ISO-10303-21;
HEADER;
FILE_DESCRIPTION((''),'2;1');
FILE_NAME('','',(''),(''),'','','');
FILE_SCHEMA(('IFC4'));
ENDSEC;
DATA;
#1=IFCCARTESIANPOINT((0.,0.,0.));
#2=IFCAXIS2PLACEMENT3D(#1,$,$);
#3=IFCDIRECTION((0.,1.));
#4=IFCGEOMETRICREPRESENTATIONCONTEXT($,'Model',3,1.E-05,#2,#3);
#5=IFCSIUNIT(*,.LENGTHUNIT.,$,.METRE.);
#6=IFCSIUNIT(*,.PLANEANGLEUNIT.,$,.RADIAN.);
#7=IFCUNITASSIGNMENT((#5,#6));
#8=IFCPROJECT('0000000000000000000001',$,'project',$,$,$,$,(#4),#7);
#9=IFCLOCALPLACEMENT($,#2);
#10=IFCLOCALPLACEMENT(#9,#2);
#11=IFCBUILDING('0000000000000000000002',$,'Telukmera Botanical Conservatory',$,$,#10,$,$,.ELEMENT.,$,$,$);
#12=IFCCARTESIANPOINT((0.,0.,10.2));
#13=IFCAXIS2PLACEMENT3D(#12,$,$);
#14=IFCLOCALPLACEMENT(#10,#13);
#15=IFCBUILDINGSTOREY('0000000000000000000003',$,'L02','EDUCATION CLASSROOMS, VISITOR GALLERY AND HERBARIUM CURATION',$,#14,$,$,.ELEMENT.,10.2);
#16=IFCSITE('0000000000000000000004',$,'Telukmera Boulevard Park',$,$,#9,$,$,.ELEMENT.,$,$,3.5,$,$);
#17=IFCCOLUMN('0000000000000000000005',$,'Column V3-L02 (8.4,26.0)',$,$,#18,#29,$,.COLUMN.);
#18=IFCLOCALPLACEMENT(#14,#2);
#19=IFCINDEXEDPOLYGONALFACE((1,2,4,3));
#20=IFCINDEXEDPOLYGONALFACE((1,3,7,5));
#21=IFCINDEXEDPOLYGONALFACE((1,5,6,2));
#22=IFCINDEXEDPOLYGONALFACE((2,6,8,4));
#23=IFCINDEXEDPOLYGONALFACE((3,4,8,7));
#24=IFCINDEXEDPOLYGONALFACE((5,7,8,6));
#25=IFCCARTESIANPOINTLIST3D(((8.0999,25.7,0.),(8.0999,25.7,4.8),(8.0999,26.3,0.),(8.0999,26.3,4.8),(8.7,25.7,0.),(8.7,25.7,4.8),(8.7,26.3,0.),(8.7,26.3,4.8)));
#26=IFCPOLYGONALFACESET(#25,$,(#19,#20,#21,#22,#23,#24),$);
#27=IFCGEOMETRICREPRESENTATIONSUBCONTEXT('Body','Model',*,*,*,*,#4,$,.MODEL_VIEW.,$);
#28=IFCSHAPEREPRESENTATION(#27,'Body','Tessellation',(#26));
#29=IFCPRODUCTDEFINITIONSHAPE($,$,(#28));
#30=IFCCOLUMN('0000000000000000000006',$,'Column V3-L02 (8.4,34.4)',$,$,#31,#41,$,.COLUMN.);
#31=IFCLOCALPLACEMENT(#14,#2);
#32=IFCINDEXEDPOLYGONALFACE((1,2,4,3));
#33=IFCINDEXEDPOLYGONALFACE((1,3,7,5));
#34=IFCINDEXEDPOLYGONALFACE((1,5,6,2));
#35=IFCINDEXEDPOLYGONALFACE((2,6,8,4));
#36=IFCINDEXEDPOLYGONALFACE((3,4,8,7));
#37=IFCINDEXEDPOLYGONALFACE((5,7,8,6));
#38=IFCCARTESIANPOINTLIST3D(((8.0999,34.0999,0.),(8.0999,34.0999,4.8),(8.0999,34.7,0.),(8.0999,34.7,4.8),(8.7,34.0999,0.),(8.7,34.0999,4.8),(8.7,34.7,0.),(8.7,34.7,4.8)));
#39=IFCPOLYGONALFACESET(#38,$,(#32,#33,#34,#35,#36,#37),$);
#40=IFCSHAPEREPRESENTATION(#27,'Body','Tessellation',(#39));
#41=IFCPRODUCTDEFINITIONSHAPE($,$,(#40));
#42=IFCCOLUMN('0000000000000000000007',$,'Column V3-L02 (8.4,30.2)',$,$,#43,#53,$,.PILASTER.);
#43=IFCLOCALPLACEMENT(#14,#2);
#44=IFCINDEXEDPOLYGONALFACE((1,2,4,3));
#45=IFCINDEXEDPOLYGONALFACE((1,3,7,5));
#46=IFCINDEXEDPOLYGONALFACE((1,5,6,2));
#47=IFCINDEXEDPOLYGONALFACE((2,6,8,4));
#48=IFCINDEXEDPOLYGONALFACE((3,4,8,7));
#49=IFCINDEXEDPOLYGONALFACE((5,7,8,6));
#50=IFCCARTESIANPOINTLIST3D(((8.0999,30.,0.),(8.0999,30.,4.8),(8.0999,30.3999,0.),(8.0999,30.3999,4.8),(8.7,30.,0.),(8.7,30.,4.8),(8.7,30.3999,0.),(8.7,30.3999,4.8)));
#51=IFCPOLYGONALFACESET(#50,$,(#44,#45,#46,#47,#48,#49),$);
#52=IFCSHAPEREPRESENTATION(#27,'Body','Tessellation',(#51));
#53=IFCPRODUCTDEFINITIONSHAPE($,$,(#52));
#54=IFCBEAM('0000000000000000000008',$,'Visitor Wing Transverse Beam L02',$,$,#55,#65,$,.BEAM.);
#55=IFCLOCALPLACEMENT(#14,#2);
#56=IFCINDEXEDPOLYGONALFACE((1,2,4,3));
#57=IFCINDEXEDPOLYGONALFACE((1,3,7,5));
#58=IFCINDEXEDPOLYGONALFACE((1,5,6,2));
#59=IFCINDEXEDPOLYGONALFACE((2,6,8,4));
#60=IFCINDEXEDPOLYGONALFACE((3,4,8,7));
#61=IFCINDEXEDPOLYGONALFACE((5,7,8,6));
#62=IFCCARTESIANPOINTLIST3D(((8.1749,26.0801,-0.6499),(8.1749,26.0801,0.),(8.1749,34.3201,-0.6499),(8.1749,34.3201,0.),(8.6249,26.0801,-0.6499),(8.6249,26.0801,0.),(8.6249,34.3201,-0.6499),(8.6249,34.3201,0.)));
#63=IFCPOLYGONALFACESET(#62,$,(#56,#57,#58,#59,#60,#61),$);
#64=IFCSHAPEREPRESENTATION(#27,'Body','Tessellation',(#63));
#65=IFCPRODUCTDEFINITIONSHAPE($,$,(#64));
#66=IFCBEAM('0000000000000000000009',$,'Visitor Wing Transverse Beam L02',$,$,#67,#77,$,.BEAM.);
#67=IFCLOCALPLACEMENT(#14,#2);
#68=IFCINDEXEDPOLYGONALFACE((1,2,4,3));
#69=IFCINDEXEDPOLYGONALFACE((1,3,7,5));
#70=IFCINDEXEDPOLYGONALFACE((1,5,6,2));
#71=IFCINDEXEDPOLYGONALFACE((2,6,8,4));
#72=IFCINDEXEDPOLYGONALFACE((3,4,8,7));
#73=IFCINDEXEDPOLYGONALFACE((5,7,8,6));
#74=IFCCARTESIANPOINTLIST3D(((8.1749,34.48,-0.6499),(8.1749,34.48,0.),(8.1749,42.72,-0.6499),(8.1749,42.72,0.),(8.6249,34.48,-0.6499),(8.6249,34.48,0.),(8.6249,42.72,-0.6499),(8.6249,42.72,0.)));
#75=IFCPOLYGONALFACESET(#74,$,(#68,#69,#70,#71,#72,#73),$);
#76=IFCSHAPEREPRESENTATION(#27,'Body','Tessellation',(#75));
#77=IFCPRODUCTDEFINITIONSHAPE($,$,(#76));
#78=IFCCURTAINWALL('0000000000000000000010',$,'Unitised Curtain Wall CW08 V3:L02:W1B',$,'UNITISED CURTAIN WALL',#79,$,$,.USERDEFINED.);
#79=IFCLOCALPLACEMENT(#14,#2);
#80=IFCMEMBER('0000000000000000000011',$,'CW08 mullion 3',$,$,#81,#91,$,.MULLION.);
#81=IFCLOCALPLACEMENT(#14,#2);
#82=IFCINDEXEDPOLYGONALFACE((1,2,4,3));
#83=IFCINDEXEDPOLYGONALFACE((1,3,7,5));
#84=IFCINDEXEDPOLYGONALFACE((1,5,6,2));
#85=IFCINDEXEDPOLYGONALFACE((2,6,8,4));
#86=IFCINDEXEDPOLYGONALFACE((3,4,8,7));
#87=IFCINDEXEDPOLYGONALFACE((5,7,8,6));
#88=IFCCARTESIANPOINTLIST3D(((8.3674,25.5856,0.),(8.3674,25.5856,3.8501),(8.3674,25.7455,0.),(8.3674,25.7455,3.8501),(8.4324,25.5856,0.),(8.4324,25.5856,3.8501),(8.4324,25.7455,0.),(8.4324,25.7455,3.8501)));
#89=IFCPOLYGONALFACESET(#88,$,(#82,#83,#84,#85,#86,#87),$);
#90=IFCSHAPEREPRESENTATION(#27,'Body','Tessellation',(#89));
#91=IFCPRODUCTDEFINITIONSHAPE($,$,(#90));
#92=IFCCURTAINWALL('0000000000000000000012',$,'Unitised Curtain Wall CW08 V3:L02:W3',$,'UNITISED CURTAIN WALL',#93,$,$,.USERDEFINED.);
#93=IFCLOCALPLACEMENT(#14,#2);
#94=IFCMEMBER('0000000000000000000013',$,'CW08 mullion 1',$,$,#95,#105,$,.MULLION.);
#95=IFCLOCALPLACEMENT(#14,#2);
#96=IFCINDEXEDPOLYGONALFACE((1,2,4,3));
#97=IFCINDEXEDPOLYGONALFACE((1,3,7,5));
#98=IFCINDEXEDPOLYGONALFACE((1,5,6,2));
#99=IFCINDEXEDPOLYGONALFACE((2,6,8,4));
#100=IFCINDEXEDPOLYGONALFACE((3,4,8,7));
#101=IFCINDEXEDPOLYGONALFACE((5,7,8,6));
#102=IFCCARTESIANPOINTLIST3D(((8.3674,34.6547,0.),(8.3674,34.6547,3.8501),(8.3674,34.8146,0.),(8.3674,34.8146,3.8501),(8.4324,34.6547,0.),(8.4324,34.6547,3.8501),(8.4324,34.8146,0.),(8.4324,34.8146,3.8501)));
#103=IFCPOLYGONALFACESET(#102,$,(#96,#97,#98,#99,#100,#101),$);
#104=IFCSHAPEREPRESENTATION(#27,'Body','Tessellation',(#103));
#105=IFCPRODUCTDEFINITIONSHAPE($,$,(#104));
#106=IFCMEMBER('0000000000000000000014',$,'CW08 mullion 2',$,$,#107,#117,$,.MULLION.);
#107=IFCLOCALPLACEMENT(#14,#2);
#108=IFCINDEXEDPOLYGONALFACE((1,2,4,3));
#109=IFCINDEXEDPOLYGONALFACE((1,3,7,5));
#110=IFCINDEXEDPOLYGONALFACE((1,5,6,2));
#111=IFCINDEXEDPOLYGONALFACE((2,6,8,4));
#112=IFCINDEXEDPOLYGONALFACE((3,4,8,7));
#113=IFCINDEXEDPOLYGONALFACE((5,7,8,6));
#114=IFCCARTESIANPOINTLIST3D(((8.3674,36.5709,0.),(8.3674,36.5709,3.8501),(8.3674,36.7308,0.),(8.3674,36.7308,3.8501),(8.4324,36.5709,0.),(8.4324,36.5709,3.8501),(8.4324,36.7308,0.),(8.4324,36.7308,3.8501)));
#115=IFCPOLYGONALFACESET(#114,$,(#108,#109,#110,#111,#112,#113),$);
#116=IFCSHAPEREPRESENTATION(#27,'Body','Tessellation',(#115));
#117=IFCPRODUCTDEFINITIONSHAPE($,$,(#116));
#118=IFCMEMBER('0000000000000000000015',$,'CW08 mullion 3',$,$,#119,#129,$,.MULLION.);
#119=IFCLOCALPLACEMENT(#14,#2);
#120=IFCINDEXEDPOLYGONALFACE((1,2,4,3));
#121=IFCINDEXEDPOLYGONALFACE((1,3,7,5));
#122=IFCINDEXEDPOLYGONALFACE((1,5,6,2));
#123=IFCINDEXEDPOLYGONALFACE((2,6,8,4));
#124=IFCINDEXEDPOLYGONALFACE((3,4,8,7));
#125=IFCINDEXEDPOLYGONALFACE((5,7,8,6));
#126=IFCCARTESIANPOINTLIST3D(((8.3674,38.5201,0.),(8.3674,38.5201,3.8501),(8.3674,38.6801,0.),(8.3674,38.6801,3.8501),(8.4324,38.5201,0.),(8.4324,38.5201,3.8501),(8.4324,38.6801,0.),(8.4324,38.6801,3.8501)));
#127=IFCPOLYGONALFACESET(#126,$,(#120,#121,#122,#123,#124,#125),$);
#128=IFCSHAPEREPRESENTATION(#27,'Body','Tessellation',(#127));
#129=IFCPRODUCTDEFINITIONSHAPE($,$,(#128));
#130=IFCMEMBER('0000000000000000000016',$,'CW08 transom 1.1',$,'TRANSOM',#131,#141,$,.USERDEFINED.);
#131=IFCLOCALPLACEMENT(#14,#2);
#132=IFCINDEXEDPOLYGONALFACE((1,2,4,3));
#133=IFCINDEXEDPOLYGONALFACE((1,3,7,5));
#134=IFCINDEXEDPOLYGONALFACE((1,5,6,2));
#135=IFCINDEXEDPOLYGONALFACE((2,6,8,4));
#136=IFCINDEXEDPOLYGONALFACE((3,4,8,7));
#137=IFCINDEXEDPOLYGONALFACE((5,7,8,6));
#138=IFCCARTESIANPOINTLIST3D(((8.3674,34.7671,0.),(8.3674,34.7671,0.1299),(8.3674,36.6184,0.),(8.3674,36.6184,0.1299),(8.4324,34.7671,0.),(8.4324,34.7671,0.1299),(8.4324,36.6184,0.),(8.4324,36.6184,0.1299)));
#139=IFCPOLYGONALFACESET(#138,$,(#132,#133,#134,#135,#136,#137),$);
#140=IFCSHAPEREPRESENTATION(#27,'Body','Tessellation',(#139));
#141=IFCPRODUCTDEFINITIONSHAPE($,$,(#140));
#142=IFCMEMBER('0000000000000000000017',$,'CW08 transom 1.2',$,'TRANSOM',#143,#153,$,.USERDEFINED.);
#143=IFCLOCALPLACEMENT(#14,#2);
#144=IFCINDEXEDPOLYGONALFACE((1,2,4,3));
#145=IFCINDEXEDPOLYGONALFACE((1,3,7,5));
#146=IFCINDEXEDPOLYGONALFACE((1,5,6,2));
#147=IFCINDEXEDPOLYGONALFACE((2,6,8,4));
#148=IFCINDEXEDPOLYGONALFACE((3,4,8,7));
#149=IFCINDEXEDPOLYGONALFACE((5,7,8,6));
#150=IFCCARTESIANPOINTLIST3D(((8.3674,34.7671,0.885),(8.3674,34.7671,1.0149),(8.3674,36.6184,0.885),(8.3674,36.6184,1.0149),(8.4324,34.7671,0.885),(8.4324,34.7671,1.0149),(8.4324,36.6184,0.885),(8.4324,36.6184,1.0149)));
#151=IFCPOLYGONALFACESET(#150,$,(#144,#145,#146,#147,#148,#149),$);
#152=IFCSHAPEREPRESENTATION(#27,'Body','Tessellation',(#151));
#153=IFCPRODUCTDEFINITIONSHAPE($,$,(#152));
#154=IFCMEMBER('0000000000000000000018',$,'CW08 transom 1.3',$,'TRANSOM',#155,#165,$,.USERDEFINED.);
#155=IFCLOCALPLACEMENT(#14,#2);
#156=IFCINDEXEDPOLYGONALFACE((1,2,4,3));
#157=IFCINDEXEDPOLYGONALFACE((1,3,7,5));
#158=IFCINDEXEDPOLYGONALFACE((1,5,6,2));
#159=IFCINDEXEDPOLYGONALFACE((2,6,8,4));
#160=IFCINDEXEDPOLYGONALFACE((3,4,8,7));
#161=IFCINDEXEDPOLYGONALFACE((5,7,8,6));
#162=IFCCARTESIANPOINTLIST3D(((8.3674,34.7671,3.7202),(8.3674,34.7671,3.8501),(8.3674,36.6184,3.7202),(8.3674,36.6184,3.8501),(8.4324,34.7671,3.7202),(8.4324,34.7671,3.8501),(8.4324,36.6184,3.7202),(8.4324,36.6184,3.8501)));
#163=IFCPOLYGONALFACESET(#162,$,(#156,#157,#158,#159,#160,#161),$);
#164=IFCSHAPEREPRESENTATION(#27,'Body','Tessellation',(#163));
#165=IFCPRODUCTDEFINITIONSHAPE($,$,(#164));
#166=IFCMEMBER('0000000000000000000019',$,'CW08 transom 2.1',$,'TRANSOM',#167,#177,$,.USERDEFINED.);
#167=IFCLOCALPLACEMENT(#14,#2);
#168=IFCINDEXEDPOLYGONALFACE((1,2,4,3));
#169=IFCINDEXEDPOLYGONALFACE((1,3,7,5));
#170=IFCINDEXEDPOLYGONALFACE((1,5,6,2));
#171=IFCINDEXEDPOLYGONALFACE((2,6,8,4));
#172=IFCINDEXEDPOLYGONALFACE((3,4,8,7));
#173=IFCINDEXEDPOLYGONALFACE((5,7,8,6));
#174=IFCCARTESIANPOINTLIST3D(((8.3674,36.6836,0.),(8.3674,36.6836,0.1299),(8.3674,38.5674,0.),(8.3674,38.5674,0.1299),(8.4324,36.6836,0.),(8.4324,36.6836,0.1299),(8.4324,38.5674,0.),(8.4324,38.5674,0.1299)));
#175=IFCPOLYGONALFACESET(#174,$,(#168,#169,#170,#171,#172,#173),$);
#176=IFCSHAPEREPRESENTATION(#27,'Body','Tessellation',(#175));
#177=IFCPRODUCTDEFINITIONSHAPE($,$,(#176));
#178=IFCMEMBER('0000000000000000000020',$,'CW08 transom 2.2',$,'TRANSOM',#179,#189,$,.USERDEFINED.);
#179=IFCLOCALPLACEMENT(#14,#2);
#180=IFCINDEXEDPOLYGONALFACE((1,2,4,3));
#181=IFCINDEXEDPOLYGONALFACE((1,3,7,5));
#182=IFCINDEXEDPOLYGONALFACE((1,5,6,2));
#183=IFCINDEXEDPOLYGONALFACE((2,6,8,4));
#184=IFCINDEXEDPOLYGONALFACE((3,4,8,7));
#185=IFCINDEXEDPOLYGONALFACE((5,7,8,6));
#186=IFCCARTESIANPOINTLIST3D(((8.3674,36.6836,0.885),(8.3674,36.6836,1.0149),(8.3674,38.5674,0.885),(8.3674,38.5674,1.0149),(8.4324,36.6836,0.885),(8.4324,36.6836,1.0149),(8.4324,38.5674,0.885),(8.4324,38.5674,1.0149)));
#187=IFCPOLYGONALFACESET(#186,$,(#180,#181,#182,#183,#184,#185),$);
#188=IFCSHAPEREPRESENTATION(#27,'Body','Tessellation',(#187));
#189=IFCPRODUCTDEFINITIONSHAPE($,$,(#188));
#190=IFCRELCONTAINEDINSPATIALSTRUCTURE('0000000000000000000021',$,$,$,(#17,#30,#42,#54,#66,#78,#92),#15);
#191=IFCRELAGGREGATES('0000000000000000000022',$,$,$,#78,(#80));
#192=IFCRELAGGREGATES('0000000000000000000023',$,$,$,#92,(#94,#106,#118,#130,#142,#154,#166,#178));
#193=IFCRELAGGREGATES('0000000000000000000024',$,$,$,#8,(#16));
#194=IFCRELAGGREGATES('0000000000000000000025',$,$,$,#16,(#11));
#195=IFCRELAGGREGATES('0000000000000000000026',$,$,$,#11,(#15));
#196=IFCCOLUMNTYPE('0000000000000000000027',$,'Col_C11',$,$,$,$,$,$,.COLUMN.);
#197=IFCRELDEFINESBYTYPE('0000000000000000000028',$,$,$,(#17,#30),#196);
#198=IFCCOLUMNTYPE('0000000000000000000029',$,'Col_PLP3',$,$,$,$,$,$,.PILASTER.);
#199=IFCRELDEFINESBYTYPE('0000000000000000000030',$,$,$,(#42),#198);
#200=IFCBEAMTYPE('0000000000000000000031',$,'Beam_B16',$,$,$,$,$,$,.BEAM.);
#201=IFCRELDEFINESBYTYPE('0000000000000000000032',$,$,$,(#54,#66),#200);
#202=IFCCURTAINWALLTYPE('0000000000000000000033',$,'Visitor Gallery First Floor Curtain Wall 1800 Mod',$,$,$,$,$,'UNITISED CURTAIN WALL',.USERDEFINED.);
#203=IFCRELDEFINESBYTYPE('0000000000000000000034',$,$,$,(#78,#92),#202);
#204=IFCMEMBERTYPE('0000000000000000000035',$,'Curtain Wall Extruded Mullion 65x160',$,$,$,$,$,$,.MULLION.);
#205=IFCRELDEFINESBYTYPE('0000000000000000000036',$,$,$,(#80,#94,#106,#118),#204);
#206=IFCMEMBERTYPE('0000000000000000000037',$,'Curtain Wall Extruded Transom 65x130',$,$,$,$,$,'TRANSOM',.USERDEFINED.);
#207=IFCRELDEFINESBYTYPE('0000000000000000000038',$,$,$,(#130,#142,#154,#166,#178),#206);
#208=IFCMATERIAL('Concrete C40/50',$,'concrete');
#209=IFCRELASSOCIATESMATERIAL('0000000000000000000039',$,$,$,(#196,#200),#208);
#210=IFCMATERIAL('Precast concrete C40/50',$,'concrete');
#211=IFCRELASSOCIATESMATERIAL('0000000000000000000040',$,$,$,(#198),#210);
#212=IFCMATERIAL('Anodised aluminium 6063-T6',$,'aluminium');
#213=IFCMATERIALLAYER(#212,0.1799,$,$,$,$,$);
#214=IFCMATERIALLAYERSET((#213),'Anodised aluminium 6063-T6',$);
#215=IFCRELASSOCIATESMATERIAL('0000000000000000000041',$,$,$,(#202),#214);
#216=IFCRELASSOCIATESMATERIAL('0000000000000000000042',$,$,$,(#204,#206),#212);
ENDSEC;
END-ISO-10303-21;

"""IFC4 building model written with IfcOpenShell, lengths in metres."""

from ifc_helpers import new_model, si_unit, direction, frame, origin, origin_2d, place, context, subcontext, project, spatial, rectangle, extrude, material, layer, layer_set, material_profile, profile_set, type_object, element, aggregate, save


model = new_model("IFC4")

# Units and contexts
model_context = context("Model", 3, precision=1e-05, world=origin(), true_north=direction((0.0, 1.0)))
body_context = subcontext(model_context, "Body", "Model", "MODEL_VIEW")
ifc_project = project(units=[si_unit("LENGTHUNIT", "METRE"), si_unit("PLANEANGLEUNIT", "RADIAN")], contexts=[model_context])

# Site, building, storey
site_placement = place(None, origin())
site = spatial("IfcSite", under=ifc_project, at=site_placement, Name="Telukmera Boulevard Park", CompositionType="ELEMENT", RefElevation=3.5)
building_placement = place(site_placement, origin())
building = spatial("IfcBuilding", under=site, at=building_placement, Name="Telukmera Botanical Conservatory", CompositionType="ELEMENT")
storey_placement = place(building_placement, frame((0.0, 0.0, 10.2)))
storey = spatial("IfcBuildingStorey", under=building, at=storey_placement, Name="L02", Description="EDUCATION CLASSROOMS, VISITOR GALLERY AND HERBARIUM CURATION", CompositionType="ELEMENT", Elevation=10.2)

# Columns
ifc_material_1 = material(Name="Concrete C40/50", Category="concrete")
ifc_material_profile_1 = material_profile(ifc_material_1, rectangle(XDim=0.6001, YDim=0.6001, at=origin_2d()), Name="RC 600x600")
ifc_profile_set_1 = profile_set([ifc_material_profile_1], Name="Concrete C40/50")
column_type_1 = type_object("IfcColumnType", Name="Col_C11", PredefinedType="COLUMN", material=ifc_profile_set_1)
for number, where, z_axis, x_axis, name in (
    (1, (8.3999, 26.0, 0.0), (0.0, 0.0, 1.0), (1.0, 0.0, 0.0), "Column V3-L02 (8.4,26.0)"),
    (2, (8.3999, 34.3999, 0.0), (0.0, 0.0, 1.0), (1.0, 0.0, 0.0), "Column V3-L02 (8.4,34.4)"),
):
    element("IfcColumn", number, at=place(storey_placement, frame(where, z_axis=z_axis, x_axis=x_axis)), inside=storey, type_object=column_type_1, Name=name, PredefinedType="COLUMN", context=body_context, shape_type="SweptSolid", body=[
        extrude(rectangle(XDim=0.6001, YDim=0.6001, at=origin_2d()), origin(), (0.0, 0.0, 1.0), 4.8),
    ])
ifc_material_2 = material(Name="Precast concrete C40/50", Category="concrete")
ifc_material_profile_2 = material_profile(ifc_material_2, rectangle(XDim=0.6001, YDim=0.3999, at=origin_2d()), Name="PC 600x400")
ifc_profile_set_2 = profile_set([ifc_material_profile_2], Name="Precast concrete C40/50")
column_type_2 = type_object("IfcColumnType", Name="Col_PLP3", PredefinedType="PILASTER", material=ifc_profile_set_2)
column_placement = place(storey_placement, frame((8.3999, 30.2, 0.0), z_axis=(0.0, 0.0, 1.0), x_axis=(1.0, 0.0, 0.0)))
element("IfcColumn", 3, at=column_placement, inside=storey, type_object=column_type_2, Name="Column V3-L02 (8.4,30.2)", PredefinedType="PILASTER", context=body_context, shape_type="SweptSolid", body=[
    extrude(rectangle(XDim=0.6001, YDim=0.3999, at=origin_2d()), origin(), (0.0, 0.0, 1.0), 4.8),
])

# Beams
ifc_material_profile_3 = material_profile(ifc_material_1, rectangle(XDim=0.45, YDim=0.6499, at=origin_2d()), Name="RC 450x650")
ifc_profile_set_3 = profile_set([ifc_material_profile_3], Name="Concrete C40/50")
beam_type = type_object("IfcBeamType", Name="Beam_B16", PredefinedType="BEAM", material=ifc_profile_set_3)
for number, where, z_axis, x_axis, name in (
    (4, (8.3999, 26.0801, -0.325), (0.0, 1.0, 0.0), (-1.0, 0.0, 0.0), "Visitor Wing Transverse Beam L02"),
    (5, (8.3999, 34.48, -0.325), (0.0, 1.0, 0.0), (-1.0, 0.0, 0.0), "Visitor Wing Transverse Beam L02"),
):
    element("IfcBeam", number, at=place(storey_placement, frame(where, z_axis=z_axis, x_axis=x_axis)), inside=storey, type_object=beam_type, Name=name, PredefinedType="BEAM", context=body_context, shape_type="SweptSolid", body=[
        extrude(rectangle(XDim=0.45, YDim=0.6499, at=origin_2d()), origin(), (0.0, 0.0, 1.0), 8.24),
    ])

# Curtain wall, member
ifc_material_3 = material(Name="Anodised aluminium 6063-T6", Category="aluminium")
ifc_layer_1 = layer(ifc_material_3, 0.1799)
ifc_layer_set_1 = layer_set([ifc_layer_1], Name="Anodised aluminium 6063-T6")
curtain_wall_type = type_object("IfcCurtainWallType", Name="Visitor Gallery First Floor Curtain Wall 1800 Mod", ElementType="UNITISED CURTAIN WALL", PredefinedType="USERDEFINED", material=ifc_layer_set_1)
curtain_wall_1_placement = place(storey_placement, origin())
curtain_wall_1 = element("IfcCurtainWall", 6, at=curtain_wall_1_placement, inside=storey, type_object=curtain_wall_type, Name="Unitised Curtain Wall CW08 V3:L02:W1B", ObjectType="UNITISED CURTAIN WALL", PredefinedType="USERDEFINED")
ifc_material_profile_4 = material_profile(ifc_material_3, rectangle(XDim=0.0649, YDim=0.1599, at=origin_2d()), Name="ALU MULL 65x160")
ifc_profile_set_4 = profile_set([ifc_material_profile_4], Name="Anodised aluminium 6063-T6")
member_type_1 = type_object("IfcMemberType", Name="Curtain Wall Extruded Mullion 65x160", PredefinedType="MULLION", material=ifc_profile_set_4)
member_1_placement = place(storey_placement, frame((8.3999, 25.6655, 0.0), z_axis=(0.0, 0.0, 1.0), x_axis=(-1.0, 0.0, 0.0)))
member_1 = element("IfcMember", 7, at=member_1_placement, type_object=member_type_1, Name="CW08 mullion 3", PredefinedType="MULLION", context=body_context, shape_type="SweptSolid", body=[
    extrude(rectangle(XDim=0.0649, YDim=0.1599, at=origin_2d()), origin(), (0.0, 0.0, 1.0), 3.8501),
])
aggregate(curtain_wall_1, [member_1])

# Curtain wall, members
curtain_wall_2_placement = place(storey_placement, origin())
curtain_wall_2 = element("IfcCurtainWall", 8, at=curtain_wall_2_placement, inside=storey, type_object=curtain_wall_type, Name="Unitised Curtain Wall CW08 V3:L02:W3", ObjectType="UNITISED CURTAIN WALL", PredefinedType="USERDEFINED")
member_2_placement = place(storey_placement, frame((8.3999, 34.7346, 0.0), z_axis=(0.0, 0.0, 1.0), x_axis=(-1.0, 0.0, 0.0)))
member_2 = element("IfcMember", 9, at=member_2_placement, type_object=member_type_1, Name="CW08 mullion 1", PredefinedType="MULLION", context=body_context, shape_type="SweptSolid", body=[
    extrude(rectangle(XDim=0.0649, YDim=0.1599, at=origin_2d()), origin(), (0.0, 0.0, 1.0), 3.8501),
])
member_3_placement = place(storey_placement, frame((8.3999, 36.6509, 0.0), z_axis=(0.0, 0.0, 1.0), x_axis=(-1.0, 0.0, 0.0)))
member_3 = element("IfcMember", 10, at=member_3_placement, type_object=member_type_1, Name="CW08 mullion 2", PredefinedType="MULLION", context=body_context, shape_type="SweptSolid", body=[
    extrude(rectangle(XDim=0.0649, YDim=0.1599, at=origin_2d()), origin(), (0.0, 0.0, 1.0), 3.8501),
])
member_4_placement = place(storey_placement, frame((8.3999, 38.6001, 0.0), z_axis=(0.0, 0.0, 1.0), x_axis=(-1.0, 0.0, 0.0)))
member_4 = element("IfcMember", 11, at=member_4_placement, type_object=member_type_1, Name="CW08 mullion 3", PredefinedType="MULLION", context=body_context, shape_type="SweptSolid", body=[
    extrude(rectangle(XDim=0.0649, YDim=0.1599, at=origin_2d()), origin(), (0.0, 0.0, 1.0), 3.8501),
])
ifc_material_profile_5 = material_profile(ifc_material_3, rectangle(XDim=0.0649, YDim=0.1299, at=origin_2d()), Name="ALU TRAN 65x130")
ifc_profile_set_5 = profile_set([ifc_material_profile_5], Name="Anodised aluminium 6063-T6")
member_type_2 = type_object("IfcMemberType", Name="Curtain Wall Extruded Transom 65x130", ElementType="TRANSOM", PredefinedType="USERDEFINED", material=ifc_profile_set_5)
member_5_placement = place(storey_placement, frame((8.3999, 34.7671, 0.0649), z_axis=(0.0, 1.0, 0.0), x_axis=(-1.0, 0.0, 0.0)))
member_5 = element("IfcMember", 12, at=member_5_placement, type_object=member_type_2, Name="CW08 transom 1.1", ObjectType="TRANSOM", PredefinedType="USERDEFINED", context=body_context, shape_type="SweptSolid", body=[
    extrude(rectangle(XDim=0.0649, YDim=0.1299, at=origin_2d()), origin(), (0.0, 0.0, 1.0), 1.8513),
])
member_6_placement = place(storey_placement, frame((8.3999, 34.7671, 0.95), z_axis=(0.0, 1.0, 0.0), x_axis=(-1.0, 0.0, 0.0)))
member_6 = element("IfcMember", 13, at=member_6_placement, type_object=member_type_2, Name="CW08 transom 1.2", ObjectType="TRANSOM", PredefinedType="USERDEFINED", context=body_context, shape_type="SweptSolid", body=[
    extrude(rectangle(XDim=0.0649, YDim=0.1299, at=origin_2d()), origin(), (0.0, 0.0, 1.0), 1.8513),
])
member_7_placement = place(storey_placement, frame((8.3999, 34.7671, 3.7852), z_axis=(0.0, 1.0, 0.0), x_axis=(-1.0, 0.0, 0.0)))
member_7 = element("IfcMember", 14, at=member_7_placement, type_object=member_type_2, Name="CW08 transom 1.3", ObjectType="TRANSOM", PredefinedType="USERDEFINED", context=body_context, shape_type="SweptSolid", body=[
    extrude(rectangle(XDim=0.0649, YDim=0.1299, at=origin_2d()), origin(), (0.0, 0.0, 1.0), 1.8513),
])
member_8_placement = place(storey_placement, frame((8.3999, 36.6836, 0.0649), z_axis=(0.0, 1.0, 0.0), x_axis=(-1.0, 0.0, 0.0)))
member_8 = element("IfcMember", 15, at=member_8_placement, type_object=member_type_2, Name="CW08 transom 2.1", ObjectType="TRANSOM", PredefinedType="USERDEFINED", context=body_context, shape_type="SweptSolid", body=[
    extrude(rectangle(XDim=0.0649, YDim=0.1299, at=origin_2d()), origin(), (0.0, 0.0, 1.0), 1.8838),
])
member_9_placement = place(storey_placement, frame((8.3999, 36.6836, 0.95), z_axis=(0.0, 1.0, 0.0), x_axis=(-1.0, 0.0, 0.0)))
member_9 = element("IfcMember", 16, at=member_9_placement, type_object=member_type_2, Name="CW08 transom 2.2", ObjectType="TRANSOM", PredefinedType="USERDEFINED", context=body_context, shape_type="SweptSolid", body=[
    extrude(rectangle(XDim=0.0649, YDim=0.1299, at=origin_2d()), origin(), (0.0, 0.0, 1.0), 1.8838),
])
aggregate(curtain_wall_2, [member_2, member_3, member_4, member_5, member_6, member_7, member_8, member_9])

save(model, "model.ifc")
